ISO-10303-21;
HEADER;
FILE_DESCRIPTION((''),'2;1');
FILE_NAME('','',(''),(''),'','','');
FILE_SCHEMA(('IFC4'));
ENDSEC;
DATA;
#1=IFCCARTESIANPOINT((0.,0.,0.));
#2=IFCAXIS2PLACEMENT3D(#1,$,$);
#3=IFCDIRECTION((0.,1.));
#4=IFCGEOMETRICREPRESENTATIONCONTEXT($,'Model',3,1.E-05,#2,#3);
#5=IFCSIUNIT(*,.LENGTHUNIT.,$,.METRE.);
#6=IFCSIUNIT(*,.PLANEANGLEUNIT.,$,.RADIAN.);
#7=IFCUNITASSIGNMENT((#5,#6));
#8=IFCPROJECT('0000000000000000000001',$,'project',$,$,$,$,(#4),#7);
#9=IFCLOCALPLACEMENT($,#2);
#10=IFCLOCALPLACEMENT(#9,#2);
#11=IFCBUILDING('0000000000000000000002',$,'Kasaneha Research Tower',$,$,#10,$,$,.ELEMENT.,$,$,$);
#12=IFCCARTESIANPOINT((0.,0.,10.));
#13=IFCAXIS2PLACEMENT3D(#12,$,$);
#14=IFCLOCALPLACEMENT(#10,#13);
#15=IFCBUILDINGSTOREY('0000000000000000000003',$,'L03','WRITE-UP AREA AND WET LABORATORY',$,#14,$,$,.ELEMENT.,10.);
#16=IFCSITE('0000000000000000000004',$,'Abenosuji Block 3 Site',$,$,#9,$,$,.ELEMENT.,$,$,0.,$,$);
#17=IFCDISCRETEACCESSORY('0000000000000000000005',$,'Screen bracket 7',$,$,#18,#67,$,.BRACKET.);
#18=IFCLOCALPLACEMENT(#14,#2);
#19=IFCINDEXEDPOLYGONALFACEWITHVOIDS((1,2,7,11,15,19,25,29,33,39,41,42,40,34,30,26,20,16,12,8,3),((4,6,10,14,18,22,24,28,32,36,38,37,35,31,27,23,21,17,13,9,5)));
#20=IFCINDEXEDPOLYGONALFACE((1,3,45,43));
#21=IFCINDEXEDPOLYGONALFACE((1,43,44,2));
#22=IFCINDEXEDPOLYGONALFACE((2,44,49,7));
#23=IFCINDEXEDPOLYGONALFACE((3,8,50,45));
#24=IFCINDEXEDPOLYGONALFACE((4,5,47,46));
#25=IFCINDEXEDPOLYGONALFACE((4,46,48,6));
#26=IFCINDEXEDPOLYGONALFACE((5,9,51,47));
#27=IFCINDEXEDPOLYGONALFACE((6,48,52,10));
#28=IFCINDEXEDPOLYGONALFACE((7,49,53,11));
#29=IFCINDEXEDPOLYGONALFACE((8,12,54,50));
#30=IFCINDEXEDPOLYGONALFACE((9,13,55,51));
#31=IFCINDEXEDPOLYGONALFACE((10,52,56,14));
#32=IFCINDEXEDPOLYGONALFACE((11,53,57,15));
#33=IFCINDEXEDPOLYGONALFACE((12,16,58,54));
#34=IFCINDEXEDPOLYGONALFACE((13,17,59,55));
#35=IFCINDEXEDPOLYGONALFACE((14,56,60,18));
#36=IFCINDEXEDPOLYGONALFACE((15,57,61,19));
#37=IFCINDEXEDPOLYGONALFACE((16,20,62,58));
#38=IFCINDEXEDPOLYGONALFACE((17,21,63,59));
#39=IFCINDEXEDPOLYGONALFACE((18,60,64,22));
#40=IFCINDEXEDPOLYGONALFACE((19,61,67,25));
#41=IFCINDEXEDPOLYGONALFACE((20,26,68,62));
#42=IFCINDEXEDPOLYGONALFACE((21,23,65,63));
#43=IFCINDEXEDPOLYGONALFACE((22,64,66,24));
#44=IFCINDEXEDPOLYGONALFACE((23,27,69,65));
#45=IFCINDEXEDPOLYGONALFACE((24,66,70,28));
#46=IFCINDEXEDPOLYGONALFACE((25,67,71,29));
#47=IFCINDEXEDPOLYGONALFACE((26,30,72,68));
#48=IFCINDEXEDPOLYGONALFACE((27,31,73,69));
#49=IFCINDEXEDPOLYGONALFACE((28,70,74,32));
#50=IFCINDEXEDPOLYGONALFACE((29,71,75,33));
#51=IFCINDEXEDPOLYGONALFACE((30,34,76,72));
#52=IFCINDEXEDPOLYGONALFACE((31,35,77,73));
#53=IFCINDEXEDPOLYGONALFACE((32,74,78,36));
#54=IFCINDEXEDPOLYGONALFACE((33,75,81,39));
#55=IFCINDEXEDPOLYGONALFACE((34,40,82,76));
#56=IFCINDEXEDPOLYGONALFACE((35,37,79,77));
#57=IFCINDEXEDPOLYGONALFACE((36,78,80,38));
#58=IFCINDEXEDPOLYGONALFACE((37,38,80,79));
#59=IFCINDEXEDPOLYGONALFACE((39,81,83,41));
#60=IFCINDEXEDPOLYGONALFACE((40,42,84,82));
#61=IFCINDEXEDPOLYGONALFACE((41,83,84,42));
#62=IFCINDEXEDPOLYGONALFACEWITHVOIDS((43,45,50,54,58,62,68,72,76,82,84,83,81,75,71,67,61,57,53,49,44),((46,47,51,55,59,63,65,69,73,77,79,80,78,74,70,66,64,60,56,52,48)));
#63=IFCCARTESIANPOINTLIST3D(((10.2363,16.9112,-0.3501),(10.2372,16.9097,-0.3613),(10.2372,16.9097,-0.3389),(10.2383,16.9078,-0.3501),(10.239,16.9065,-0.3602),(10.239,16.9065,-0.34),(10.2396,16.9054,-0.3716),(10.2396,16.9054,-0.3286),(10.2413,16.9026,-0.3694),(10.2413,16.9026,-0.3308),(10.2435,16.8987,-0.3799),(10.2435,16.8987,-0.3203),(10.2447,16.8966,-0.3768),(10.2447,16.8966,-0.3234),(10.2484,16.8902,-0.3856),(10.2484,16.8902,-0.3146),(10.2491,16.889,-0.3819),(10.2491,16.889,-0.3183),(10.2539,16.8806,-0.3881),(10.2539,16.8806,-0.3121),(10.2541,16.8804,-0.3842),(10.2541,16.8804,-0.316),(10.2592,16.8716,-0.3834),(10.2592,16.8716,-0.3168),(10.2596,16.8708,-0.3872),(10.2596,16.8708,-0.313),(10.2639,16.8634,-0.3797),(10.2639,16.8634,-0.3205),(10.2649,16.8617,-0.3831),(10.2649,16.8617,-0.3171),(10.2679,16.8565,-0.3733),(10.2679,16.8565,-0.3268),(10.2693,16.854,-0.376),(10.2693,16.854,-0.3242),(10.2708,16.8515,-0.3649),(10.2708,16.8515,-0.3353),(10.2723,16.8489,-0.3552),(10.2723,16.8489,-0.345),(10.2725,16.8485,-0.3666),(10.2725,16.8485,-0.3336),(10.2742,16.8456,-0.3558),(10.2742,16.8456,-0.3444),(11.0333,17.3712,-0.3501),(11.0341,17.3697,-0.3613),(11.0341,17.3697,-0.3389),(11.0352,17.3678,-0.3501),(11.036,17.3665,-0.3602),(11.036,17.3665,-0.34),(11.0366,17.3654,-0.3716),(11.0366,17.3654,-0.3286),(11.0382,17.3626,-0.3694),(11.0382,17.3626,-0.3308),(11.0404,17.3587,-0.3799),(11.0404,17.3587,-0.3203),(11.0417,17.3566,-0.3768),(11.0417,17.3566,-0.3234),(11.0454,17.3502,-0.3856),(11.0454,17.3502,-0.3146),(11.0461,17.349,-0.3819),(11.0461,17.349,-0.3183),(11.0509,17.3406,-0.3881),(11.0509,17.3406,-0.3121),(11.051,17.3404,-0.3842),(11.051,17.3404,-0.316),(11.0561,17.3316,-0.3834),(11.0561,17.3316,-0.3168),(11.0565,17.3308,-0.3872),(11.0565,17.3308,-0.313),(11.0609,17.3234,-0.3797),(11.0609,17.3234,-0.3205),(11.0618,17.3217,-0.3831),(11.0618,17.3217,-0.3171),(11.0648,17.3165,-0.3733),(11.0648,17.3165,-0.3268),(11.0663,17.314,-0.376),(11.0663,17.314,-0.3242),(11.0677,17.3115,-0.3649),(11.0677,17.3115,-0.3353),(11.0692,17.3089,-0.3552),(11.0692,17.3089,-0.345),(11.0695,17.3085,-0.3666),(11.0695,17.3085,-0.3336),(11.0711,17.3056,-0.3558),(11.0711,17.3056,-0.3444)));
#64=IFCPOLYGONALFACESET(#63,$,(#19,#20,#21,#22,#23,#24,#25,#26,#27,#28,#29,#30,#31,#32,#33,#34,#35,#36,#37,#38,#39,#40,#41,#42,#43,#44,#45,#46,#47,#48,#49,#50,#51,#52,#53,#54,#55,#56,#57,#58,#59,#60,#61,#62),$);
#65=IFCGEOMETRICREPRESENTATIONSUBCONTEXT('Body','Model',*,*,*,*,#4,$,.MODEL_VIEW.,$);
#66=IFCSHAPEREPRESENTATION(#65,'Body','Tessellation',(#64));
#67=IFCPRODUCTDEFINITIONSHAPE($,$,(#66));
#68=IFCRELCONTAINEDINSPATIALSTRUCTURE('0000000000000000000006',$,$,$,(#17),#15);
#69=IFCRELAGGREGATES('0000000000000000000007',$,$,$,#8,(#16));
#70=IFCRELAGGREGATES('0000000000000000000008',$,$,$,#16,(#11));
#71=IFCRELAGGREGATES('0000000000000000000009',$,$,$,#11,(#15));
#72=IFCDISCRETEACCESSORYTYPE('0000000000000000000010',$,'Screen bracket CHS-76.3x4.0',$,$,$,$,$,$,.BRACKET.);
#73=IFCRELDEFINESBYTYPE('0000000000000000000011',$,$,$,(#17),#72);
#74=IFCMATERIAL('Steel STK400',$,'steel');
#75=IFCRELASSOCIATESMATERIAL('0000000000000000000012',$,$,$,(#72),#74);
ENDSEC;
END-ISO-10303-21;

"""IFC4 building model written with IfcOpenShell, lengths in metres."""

from ifc_helpers import new_model, si_unit, direction, frame, origin, origin_2d, place, context, subcontext, project, spatial, hollow_circle, extrude, material, material_profile, profile_set, type_object, element, save


model = new_model("IFC4")

# Units and contexts
model_context = context("Model", 3, precision=1e-05, world=origin(), true_north=direction((0.0, 1.0)))
body_context = subcontext(model_context, "Body", "Model", "MODEL_VIEW")
ifc_project = project(units=[si_unit("LENGTHUNIT", "METRE"), si_unit("PLANEANGLEUNIT", "RADIAN")], contexts=[model_context])

# Site, building, storey
site_placement = place(None, origin())
site = spatial("IfcSite", under=ifc_project, at=site_placement, Name="Abenosuji Block 3 Site", CompositionType="ELEMENT", RefElevation=0.0)
building_placement = place(site_placement, origin())
building = spatial("IfcBuilding", under=site, at=building_placement, Name="Kasaneha Research Tower", CompositionType="ELEMENT")
storey_placement = place(building_placement, frame((0.0, 0.0, 10.0)))
storey = spatial("IfcBuildingStorey", under=building, at=storey_placement, Name="L03", Description="WRITE-UP AREA AND WET LABORATORY", CompositionType="ELEMENT", Elevation=10.0)

# Discrete accessory
ifc_material_1 = material(Name="Steel STK400", Category="steel")
ifc_material_profile_1 = material_profile(ifc_material_1, hollow_circle(Radius=0.0381, WallThickness=0.0039, at=origin_2d()), Name="CHS-76.3x4.0")
ifc_profile_set_1 = profile_set([ifc_material_profile_1], Name="Steel STK400")
discrete_accessory_type = type_object("IfcDiscreteAccessoryType", Name="Screen bracket CHS-76.3x4.0", PredefinedType="BRACKET", material=ifc_profile_set_1)
discrete_accessory_placement = place(storey_placement, frame((10.2554, 16.8782, -0.3501), z_axis=(0.86608, 0.499906, 0.0), x_axis=(-0.499906, 0.86608, 0.0)))
element("IfcDiscreteAccessory", 1, at=discrete_accessory_placement, inside=storey, type_object=discrete_accessory_type, Name="Screen bracket 7", PredefinedType="BRACKET", context=body_context, shape_type="SweptSolid", body=[
    extrude(hollow_circle(Radius=0.0381, WallThickness=0.0039, at=origin_2d()), origin(), (0.0, 0.0, 1.0), 0.9202),
])

save(model, "model.ifc")
